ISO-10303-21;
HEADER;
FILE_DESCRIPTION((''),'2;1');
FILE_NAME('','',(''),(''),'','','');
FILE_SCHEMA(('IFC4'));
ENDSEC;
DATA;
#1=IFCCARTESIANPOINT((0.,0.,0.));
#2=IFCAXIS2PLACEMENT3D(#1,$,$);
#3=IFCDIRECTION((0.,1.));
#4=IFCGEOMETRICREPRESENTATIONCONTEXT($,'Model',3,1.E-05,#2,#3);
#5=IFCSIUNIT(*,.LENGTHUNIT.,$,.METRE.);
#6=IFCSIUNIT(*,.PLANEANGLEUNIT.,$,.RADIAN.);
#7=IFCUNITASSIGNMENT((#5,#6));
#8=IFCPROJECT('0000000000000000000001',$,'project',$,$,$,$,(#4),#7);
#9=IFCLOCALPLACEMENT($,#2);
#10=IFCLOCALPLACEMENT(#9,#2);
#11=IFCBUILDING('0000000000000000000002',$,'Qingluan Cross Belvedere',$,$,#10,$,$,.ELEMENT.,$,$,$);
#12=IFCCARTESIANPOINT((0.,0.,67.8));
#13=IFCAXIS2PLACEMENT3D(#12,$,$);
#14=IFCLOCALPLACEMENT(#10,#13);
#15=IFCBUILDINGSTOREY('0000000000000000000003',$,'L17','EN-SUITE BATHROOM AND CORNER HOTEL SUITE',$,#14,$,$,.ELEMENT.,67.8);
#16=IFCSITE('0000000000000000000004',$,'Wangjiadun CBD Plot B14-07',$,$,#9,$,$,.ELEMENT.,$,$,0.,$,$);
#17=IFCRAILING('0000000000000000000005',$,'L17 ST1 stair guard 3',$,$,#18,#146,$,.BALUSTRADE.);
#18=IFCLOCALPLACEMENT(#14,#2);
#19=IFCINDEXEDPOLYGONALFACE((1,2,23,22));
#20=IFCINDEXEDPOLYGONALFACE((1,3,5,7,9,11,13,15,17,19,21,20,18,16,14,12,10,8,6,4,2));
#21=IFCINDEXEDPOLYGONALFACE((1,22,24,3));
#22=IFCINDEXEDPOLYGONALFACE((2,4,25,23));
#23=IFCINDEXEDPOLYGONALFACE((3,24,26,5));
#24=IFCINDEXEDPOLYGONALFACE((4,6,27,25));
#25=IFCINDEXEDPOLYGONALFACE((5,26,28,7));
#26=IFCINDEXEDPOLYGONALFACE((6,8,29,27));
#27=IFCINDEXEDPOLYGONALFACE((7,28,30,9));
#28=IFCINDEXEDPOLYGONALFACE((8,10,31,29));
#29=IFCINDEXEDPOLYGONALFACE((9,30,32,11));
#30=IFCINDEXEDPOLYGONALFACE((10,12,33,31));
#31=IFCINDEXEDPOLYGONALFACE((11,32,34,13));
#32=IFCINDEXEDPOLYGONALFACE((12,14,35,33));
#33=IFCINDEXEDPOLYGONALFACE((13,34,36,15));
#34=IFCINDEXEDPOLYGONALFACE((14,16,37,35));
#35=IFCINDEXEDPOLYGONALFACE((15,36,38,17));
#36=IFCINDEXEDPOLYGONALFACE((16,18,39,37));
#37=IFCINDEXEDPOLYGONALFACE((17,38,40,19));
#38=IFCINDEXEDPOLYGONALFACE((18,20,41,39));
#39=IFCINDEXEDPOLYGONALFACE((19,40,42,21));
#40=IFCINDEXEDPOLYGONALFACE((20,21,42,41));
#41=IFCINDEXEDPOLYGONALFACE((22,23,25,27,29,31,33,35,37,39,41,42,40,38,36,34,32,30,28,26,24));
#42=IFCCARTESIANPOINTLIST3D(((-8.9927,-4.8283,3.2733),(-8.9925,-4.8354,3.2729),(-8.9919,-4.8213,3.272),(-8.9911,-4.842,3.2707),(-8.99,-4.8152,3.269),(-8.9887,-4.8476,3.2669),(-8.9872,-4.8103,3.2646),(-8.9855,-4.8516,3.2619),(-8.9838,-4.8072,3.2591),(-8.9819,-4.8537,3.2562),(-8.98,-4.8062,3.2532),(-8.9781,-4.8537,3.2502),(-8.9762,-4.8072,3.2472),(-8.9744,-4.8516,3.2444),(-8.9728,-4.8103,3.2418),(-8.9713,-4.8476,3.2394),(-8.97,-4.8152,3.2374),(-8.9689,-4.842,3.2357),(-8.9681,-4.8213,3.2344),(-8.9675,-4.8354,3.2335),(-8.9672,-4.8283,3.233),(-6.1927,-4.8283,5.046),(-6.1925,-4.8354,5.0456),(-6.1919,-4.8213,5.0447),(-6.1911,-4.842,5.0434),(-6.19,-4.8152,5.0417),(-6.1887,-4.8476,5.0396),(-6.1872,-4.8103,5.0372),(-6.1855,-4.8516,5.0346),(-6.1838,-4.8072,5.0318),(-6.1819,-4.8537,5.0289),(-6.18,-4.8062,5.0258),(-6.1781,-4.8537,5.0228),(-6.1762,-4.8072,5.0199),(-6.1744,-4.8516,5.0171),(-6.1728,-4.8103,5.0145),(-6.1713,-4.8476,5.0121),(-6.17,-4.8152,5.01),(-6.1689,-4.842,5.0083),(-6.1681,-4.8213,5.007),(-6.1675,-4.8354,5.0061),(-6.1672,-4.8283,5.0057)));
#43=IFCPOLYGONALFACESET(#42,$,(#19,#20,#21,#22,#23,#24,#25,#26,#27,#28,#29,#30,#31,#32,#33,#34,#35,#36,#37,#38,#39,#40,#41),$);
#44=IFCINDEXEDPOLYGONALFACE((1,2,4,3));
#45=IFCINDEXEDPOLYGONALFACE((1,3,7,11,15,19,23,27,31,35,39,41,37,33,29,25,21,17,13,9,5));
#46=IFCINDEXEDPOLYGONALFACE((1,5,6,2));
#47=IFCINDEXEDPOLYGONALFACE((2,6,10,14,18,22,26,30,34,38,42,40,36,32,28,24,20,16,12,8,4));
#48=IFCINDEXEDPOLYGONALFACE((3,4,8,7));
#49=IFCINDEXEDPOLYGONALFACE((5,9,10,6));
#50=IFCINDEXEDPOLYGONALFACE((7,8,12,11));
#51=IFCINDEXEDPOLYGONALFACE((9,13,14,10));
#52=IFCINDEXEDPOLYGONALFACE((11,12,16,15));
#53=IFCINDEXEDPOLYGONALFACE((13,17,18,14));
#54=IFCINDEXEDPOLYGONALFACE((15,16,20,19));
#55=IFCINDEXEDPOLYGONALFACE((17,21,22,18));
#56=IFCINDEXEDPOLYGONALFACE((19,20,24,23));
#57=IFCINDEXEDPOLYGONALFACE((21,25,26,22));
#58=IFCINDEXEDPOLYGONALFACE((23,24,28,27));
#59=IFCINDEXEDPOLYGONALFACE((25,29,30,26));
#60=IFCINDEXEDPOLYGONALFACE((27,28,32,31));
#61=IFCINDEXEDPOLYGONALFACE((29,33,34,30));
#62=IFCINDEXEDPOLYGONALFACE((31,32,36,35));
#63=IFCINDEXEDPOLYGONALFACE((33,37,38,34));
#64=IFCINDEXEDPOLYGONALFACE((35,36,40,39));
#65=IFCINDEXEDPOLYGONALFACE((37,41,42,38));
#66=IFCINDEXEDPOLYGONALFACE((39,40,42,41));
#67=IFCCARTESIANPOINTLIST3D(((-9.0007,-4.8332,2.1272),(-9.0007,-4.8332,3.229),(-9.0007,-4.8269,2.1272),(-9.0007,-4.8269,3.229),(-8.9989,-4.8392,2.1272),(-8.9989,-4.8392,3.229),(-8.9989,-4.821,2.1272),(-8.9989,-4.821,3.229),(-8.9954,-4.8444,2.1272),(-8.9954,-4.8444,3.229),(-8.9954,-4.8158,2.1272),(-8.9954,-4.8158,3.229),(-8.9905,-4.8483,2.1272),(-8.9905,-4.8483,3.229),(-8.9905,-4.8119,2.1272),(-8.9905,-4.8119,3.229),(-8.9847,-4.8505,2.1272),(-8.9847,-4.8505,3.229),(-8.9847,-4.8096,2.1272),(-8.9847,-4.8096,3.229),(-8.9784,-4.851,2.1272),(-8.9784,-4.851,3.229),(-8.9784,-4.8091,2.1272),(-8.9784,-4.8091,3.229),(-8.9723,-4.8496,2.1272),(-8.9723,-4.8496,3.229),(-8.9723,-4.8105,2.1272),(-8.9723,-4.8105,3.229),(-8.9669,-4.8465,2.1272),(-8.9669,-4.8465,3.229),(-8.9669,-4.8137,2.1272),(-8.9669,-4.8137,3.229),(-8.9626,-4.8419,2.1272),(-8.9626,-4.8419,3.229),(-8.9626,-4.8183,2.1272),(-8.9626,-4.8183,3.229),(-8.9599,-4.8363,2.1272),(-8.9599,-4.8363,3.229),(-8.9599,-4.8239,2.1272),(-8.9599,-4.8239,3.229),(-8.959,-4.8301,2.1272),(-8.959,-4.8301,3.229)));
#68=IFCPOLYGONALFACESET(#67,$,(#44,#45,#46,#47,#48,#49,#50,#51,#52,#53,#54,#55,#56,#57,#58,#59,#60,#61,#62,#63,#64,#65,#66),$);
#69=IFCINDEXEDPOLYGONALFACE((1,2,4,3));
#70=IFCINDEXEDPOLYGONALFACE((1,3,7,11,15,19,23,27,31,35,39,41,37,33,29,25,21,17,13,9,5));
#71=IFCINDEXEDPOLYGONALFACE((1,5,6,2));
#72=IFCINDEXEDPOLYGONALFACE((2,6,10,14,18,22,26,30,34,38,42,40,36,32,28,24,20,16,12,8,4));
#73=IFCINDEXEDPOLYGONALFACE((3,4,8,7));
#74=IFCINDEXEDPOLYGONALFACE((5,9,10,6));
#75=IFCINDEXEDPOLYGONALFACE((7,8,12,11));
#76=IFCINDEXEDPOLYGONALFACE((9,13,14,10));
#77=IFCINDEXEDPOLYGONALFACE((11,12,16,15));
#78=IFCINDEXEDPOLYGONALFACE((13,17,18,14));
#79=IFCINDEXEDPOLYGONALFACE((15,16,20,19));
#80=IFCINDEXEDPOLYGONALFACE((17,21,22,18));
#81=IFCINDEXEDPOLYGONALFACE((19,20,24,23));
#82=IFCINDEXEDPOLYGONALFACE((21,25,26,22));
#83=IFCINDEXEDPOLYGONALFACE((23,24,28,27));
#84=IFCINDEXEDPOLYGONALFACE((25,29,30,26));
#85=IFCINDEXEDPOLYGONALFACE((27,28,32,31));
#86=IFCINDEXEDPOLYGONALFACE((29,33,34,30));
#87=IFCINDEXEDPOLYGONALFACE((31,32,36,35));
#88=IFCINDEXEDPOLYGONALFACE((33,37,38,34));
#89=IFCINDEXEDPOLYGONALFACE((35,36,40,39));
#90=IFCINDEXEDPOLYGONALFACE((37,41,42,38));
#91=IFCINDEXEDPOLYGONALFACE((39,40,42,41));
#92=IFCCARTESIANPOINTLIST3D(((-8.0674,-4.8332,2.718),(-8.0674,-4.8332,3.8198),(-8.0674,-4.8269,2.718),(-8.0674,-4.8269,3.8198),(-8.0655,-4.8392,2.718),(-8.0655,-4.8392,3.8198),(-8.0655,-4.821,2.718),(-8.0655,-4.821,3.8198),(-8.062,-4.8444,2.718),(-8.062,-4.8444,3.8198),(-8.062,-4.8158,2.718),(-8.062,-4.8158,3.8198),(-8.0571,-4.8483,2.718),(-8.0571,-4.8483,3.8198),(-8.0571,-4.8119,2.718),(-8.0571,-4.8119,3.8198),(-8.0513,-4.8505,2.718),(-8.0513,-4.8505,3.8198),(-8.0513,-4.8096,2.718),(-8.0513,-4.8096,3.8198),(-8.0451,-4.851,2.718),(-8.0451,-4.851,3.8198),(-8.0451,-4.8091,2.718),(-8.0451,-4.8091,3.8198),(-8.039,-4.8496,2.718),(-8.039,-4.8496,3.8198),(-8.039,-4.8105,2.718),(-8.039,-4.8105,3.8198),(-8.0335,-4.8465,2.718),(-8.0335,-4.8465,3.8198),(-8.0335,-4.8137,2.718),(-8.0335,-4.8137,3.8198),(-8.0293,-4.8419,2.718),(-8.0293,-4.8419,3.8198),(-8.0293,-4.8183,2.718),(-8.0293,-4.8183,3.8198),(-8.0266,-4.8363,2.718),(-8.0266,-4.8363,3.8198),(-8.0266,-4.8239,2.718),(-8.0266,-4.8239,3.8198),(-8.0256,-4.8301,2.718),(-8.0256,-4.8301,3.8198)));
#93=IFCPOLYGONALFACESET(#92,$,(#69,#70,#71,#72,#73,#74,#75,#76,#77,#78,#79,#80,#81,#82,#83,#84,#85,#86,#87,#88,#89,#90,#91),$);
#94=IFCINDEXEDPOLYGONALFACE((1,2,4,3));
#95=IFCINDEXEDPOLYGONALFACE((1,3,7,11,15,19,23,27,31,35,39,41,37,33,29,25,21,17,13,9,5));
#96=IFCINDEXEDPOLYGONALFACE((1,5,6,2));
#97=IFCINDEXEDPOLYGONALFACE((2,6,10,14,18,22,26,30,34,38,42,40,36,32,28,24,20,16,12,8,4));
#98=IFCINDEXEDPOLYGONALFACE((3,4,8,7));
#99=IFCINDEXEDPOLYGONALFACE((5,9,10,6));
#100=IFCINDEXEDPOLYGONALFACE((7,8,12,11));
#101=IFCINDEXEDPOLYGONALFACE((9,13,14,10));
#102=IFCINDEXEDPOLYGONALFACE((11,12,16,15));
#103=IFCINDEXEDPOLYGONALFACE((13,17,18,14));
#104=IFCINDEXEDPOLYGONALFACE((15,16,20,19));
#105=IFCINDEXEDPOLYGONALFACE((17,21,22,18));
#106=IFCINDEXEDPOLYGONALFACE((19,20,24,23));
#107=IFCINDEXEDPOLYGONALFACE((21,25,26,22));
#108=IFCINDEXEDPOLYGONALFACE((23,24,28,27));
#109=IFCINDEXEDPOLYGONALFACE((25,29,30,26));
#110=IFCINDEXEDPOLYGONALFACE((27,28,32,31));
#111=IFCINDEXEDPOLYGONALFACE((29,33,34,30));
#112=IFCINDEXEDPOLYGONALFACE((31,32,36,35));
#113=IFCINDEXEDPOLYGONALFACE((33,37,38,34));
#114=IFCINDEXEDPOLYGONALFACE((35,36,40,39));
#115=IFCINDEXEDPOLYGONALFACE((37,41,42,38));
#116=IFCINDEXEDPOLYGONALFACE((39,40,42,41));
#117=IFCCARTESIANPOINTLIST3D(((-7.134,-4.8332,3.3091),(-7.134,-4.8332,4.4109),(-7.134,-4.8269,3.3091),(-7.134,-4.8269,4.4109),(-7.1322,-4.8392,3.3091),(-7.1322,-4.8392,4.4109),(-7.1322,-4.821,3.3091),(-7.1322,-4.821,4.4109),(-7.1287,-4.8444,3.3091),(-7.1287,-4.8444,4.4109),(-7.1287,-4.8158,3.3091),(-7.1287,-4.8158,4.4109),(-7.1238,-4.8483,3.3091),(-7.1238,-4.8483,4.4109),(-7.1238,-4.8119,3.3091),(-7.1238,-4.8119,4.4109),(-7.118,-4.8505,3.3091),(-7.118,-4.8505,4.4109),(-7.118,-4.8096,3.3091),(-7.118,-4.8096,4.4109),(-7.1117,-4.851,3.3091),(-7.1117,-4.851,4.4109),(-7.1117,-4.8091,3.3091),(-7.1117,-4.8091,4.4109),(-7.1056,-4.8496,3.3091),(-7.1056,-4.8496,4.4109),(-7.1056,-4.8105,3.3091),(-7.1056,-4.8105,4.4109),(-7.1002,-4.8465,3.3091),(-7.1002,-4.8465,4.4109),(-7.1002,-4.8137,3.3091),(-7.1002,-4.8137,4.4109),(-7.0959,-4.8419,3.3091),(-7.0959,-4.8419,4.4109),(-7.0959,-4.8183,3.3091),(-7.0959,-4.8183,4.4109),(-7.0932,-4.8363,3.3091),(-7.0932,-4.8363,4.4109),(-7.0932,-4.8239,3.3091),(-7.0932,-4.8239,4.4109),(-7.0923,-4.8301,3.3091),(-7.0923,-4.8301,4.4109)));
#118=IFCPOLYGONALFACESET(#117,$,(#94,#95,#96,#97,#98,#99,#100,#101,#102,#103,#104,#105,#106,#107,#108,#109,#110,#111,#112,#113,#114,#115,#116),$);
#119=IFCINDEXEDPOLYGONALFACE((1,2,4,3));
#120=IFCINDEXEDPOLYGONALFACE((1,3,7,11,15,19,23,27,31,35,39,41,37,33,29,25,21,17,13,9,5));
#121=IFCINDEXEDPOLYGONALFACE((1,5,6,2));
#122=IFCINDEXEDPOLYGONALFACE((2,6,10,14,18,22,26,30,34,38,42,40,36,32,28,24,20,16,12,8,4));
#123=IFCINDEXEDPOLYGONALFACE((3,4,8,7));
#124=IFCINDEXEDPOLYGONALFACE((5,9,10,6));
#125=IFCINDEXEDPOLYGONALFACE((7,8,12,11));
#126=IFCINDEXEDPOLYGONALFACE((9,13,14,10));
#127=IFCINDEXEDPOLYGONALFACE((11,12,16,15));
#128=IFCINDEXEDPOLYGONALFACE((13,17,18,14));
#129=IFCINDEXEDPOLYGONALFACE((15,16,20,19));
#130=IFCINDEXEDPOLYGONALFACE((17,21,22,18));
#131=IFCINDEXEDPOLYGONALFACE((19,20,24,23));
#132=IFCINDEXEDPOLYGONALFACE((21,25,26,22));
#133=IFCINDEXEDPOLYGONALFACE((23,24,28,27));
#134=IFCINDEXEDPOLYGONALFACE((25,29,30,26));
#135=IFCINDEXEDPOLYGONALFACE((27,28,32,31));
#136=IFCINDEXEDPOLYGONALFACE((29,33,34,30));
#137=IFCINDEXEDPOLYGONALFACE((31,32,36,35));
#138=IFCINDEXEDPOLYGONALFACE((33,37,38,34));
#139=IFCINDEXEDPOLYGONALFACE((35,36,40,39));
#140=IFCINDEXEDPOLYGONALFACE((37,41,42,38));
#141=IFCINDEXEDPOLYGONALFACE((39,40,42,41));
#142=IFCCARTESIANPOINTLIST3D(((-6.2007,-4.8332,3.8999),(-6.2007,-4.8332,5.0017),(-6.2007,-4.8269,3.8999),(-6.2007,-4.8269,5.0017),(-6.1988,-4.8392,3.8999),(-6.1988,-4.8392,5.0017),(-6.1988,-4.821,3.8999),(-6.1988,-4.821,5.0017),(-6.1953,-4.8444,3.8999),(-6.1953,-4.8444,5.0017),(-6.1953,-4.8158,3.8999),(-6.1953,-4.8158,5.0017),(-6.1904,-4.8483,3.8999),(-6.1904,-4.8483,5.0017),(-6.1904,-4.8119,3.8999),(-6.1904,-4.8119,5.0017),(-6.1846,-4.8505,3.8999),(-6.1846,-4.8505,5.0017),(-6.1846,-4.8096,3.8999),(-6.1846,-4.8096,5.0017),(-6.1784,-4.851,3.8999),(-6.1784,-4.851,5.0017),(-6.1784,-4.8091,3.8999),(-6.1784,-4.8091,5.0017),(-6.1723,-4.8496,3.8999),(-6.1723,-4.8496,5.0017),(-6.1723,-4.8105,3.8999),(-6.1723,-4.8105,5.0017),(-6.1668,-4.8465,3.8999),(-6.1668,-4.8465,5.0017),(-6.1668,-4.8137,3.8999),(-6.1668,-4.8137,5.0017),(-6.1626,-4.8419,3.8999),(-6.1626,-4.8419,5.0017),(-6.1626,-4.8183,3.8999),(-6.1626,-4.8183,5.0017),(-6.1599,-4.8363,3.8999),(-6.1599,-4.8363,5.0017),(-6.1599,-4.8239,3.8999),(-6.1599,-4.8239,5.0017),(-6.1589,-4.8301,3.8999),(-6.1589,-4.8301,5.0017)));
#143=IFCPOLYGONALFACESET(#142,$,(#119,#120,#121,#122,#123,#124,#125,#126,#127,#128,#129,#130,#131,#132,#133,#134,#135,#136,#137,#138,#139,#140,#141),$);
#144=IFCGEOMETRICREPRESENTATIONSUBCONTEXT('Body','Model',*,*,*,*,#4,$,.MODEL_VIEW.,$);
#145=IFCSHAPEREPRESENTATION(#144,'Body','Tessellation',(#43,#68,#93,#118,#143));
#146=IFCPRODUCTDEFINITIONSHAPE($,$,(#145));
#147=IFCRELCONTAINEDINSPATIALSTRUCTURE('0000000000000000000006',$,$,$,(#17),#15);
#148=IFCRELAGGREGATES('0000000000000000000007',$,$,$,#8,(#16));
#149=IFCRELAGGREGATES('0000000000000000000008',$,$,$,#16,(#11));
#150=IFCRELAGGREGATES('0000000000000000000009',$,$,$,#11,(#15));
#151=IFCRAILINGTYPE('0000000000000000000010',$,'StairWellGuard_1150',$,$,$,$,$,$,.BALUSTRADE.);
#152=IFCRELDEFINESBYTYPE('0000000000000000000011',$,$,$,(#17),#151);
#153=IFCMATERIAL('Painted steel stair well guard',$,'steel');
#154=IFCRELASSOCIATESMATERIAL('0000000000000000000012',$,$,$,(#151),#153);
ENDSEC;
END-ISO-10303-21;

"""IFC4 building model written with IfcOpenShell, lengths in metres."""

from ifc_helpers import new_model, si_unit, direction, frame, origin, origin_2d, place, context, subcontext, project, spatial, circle, extrude, material, type_object, element, save


model = new_model("IFC4")

# Units and contexts
model_context = context("Model", 3, precision=1e-05, world=origin(), true_north=direction((0.0, 1.0)))
body_context = subcontext(model_context, "Body", "Model", "MODEL_VIEW")
ifc_project = project(units=[si_unit("LENGTHUNIT", "METRE"), si_unit("PLANEANGLEUNIT", "RADIAN")], contexts=[model_context])

# Site, building, storey
site_placement = place(None, origin())
site = spatial("IfcSite", under=ifc_project, at=site_placement, Name="Wangjiadun CBD Plot B14-07", CompositionType="ELEMENT", RefElevation=0.0)
building_placement = place(site_placement, origin())
building = spatial("IfcBuilding", under=site, at=building_placement, Name="Qingluan Cross Belvedere", CompositionType="ELEMENT")
storey_placement = place(building_placement, frame((0.0, 0.0, 67.8)))
storey = spatial("IfcBuildingStorey", under=building, at=storey_placement, Name="L17", Description="EN-SUITE BATHROOM AND CORNER HOTEL SUITE", CompositionType="ELEMENT", Elevation=67.8)

# Railing
ifc_material_1 = material(Name="Painted steel stair well guard", Category="steel")
railing_type_1 = type_object("IfcRailingType", Name="StairWellGuard_1150", PredefinedType="BALUSTRADE", material=ifc_material_1)
railing_1_placement = place(storey_placement, frame((-8.98, -4.8301, 2.1272)))
element("IfcRailing", 1, at=railing_1_placement, inside=storey, type_object=railing_type_1, Name="L17 ST1 stair guard 3", PredefinedType="BALUSTRADE", context=body_context, shape_type="SweptSolid", body=[
    extrude(circle(Radius=0.0239, at=origin_2d()), frame((0.0, 0.0, 1.126), z_axis=(0.844909, 0.0, 0.53491), x_axis=(0.0, 1.0, 0.0)), (0.0, 0.0, 1.0), 3.314),
    extrude(circle(Radius=0.021, at=origin_2d()), origin(), (0.0, 0.0, 1.0), 1.1018),
    extrude(circle(Radius=0.021, at=origin_2d()), frame((0.9333, 0.0, 0.5908)), (0.0, 0.0, 1.0), 1.1018),
    extrude(circle(Radius=0.021, at=origin_2d()), frame((1.8667, 0.0, 1.1819)), (0.0, 0.0, 1.0), 1.1018),
    extrude(circle(Radius=0.021, at=origin_2d()), frame((2.8, 0.0, 1.7727)), (0.0, 0.0, 1.0), 1.1018),
])

save(model, "model.ifc")
